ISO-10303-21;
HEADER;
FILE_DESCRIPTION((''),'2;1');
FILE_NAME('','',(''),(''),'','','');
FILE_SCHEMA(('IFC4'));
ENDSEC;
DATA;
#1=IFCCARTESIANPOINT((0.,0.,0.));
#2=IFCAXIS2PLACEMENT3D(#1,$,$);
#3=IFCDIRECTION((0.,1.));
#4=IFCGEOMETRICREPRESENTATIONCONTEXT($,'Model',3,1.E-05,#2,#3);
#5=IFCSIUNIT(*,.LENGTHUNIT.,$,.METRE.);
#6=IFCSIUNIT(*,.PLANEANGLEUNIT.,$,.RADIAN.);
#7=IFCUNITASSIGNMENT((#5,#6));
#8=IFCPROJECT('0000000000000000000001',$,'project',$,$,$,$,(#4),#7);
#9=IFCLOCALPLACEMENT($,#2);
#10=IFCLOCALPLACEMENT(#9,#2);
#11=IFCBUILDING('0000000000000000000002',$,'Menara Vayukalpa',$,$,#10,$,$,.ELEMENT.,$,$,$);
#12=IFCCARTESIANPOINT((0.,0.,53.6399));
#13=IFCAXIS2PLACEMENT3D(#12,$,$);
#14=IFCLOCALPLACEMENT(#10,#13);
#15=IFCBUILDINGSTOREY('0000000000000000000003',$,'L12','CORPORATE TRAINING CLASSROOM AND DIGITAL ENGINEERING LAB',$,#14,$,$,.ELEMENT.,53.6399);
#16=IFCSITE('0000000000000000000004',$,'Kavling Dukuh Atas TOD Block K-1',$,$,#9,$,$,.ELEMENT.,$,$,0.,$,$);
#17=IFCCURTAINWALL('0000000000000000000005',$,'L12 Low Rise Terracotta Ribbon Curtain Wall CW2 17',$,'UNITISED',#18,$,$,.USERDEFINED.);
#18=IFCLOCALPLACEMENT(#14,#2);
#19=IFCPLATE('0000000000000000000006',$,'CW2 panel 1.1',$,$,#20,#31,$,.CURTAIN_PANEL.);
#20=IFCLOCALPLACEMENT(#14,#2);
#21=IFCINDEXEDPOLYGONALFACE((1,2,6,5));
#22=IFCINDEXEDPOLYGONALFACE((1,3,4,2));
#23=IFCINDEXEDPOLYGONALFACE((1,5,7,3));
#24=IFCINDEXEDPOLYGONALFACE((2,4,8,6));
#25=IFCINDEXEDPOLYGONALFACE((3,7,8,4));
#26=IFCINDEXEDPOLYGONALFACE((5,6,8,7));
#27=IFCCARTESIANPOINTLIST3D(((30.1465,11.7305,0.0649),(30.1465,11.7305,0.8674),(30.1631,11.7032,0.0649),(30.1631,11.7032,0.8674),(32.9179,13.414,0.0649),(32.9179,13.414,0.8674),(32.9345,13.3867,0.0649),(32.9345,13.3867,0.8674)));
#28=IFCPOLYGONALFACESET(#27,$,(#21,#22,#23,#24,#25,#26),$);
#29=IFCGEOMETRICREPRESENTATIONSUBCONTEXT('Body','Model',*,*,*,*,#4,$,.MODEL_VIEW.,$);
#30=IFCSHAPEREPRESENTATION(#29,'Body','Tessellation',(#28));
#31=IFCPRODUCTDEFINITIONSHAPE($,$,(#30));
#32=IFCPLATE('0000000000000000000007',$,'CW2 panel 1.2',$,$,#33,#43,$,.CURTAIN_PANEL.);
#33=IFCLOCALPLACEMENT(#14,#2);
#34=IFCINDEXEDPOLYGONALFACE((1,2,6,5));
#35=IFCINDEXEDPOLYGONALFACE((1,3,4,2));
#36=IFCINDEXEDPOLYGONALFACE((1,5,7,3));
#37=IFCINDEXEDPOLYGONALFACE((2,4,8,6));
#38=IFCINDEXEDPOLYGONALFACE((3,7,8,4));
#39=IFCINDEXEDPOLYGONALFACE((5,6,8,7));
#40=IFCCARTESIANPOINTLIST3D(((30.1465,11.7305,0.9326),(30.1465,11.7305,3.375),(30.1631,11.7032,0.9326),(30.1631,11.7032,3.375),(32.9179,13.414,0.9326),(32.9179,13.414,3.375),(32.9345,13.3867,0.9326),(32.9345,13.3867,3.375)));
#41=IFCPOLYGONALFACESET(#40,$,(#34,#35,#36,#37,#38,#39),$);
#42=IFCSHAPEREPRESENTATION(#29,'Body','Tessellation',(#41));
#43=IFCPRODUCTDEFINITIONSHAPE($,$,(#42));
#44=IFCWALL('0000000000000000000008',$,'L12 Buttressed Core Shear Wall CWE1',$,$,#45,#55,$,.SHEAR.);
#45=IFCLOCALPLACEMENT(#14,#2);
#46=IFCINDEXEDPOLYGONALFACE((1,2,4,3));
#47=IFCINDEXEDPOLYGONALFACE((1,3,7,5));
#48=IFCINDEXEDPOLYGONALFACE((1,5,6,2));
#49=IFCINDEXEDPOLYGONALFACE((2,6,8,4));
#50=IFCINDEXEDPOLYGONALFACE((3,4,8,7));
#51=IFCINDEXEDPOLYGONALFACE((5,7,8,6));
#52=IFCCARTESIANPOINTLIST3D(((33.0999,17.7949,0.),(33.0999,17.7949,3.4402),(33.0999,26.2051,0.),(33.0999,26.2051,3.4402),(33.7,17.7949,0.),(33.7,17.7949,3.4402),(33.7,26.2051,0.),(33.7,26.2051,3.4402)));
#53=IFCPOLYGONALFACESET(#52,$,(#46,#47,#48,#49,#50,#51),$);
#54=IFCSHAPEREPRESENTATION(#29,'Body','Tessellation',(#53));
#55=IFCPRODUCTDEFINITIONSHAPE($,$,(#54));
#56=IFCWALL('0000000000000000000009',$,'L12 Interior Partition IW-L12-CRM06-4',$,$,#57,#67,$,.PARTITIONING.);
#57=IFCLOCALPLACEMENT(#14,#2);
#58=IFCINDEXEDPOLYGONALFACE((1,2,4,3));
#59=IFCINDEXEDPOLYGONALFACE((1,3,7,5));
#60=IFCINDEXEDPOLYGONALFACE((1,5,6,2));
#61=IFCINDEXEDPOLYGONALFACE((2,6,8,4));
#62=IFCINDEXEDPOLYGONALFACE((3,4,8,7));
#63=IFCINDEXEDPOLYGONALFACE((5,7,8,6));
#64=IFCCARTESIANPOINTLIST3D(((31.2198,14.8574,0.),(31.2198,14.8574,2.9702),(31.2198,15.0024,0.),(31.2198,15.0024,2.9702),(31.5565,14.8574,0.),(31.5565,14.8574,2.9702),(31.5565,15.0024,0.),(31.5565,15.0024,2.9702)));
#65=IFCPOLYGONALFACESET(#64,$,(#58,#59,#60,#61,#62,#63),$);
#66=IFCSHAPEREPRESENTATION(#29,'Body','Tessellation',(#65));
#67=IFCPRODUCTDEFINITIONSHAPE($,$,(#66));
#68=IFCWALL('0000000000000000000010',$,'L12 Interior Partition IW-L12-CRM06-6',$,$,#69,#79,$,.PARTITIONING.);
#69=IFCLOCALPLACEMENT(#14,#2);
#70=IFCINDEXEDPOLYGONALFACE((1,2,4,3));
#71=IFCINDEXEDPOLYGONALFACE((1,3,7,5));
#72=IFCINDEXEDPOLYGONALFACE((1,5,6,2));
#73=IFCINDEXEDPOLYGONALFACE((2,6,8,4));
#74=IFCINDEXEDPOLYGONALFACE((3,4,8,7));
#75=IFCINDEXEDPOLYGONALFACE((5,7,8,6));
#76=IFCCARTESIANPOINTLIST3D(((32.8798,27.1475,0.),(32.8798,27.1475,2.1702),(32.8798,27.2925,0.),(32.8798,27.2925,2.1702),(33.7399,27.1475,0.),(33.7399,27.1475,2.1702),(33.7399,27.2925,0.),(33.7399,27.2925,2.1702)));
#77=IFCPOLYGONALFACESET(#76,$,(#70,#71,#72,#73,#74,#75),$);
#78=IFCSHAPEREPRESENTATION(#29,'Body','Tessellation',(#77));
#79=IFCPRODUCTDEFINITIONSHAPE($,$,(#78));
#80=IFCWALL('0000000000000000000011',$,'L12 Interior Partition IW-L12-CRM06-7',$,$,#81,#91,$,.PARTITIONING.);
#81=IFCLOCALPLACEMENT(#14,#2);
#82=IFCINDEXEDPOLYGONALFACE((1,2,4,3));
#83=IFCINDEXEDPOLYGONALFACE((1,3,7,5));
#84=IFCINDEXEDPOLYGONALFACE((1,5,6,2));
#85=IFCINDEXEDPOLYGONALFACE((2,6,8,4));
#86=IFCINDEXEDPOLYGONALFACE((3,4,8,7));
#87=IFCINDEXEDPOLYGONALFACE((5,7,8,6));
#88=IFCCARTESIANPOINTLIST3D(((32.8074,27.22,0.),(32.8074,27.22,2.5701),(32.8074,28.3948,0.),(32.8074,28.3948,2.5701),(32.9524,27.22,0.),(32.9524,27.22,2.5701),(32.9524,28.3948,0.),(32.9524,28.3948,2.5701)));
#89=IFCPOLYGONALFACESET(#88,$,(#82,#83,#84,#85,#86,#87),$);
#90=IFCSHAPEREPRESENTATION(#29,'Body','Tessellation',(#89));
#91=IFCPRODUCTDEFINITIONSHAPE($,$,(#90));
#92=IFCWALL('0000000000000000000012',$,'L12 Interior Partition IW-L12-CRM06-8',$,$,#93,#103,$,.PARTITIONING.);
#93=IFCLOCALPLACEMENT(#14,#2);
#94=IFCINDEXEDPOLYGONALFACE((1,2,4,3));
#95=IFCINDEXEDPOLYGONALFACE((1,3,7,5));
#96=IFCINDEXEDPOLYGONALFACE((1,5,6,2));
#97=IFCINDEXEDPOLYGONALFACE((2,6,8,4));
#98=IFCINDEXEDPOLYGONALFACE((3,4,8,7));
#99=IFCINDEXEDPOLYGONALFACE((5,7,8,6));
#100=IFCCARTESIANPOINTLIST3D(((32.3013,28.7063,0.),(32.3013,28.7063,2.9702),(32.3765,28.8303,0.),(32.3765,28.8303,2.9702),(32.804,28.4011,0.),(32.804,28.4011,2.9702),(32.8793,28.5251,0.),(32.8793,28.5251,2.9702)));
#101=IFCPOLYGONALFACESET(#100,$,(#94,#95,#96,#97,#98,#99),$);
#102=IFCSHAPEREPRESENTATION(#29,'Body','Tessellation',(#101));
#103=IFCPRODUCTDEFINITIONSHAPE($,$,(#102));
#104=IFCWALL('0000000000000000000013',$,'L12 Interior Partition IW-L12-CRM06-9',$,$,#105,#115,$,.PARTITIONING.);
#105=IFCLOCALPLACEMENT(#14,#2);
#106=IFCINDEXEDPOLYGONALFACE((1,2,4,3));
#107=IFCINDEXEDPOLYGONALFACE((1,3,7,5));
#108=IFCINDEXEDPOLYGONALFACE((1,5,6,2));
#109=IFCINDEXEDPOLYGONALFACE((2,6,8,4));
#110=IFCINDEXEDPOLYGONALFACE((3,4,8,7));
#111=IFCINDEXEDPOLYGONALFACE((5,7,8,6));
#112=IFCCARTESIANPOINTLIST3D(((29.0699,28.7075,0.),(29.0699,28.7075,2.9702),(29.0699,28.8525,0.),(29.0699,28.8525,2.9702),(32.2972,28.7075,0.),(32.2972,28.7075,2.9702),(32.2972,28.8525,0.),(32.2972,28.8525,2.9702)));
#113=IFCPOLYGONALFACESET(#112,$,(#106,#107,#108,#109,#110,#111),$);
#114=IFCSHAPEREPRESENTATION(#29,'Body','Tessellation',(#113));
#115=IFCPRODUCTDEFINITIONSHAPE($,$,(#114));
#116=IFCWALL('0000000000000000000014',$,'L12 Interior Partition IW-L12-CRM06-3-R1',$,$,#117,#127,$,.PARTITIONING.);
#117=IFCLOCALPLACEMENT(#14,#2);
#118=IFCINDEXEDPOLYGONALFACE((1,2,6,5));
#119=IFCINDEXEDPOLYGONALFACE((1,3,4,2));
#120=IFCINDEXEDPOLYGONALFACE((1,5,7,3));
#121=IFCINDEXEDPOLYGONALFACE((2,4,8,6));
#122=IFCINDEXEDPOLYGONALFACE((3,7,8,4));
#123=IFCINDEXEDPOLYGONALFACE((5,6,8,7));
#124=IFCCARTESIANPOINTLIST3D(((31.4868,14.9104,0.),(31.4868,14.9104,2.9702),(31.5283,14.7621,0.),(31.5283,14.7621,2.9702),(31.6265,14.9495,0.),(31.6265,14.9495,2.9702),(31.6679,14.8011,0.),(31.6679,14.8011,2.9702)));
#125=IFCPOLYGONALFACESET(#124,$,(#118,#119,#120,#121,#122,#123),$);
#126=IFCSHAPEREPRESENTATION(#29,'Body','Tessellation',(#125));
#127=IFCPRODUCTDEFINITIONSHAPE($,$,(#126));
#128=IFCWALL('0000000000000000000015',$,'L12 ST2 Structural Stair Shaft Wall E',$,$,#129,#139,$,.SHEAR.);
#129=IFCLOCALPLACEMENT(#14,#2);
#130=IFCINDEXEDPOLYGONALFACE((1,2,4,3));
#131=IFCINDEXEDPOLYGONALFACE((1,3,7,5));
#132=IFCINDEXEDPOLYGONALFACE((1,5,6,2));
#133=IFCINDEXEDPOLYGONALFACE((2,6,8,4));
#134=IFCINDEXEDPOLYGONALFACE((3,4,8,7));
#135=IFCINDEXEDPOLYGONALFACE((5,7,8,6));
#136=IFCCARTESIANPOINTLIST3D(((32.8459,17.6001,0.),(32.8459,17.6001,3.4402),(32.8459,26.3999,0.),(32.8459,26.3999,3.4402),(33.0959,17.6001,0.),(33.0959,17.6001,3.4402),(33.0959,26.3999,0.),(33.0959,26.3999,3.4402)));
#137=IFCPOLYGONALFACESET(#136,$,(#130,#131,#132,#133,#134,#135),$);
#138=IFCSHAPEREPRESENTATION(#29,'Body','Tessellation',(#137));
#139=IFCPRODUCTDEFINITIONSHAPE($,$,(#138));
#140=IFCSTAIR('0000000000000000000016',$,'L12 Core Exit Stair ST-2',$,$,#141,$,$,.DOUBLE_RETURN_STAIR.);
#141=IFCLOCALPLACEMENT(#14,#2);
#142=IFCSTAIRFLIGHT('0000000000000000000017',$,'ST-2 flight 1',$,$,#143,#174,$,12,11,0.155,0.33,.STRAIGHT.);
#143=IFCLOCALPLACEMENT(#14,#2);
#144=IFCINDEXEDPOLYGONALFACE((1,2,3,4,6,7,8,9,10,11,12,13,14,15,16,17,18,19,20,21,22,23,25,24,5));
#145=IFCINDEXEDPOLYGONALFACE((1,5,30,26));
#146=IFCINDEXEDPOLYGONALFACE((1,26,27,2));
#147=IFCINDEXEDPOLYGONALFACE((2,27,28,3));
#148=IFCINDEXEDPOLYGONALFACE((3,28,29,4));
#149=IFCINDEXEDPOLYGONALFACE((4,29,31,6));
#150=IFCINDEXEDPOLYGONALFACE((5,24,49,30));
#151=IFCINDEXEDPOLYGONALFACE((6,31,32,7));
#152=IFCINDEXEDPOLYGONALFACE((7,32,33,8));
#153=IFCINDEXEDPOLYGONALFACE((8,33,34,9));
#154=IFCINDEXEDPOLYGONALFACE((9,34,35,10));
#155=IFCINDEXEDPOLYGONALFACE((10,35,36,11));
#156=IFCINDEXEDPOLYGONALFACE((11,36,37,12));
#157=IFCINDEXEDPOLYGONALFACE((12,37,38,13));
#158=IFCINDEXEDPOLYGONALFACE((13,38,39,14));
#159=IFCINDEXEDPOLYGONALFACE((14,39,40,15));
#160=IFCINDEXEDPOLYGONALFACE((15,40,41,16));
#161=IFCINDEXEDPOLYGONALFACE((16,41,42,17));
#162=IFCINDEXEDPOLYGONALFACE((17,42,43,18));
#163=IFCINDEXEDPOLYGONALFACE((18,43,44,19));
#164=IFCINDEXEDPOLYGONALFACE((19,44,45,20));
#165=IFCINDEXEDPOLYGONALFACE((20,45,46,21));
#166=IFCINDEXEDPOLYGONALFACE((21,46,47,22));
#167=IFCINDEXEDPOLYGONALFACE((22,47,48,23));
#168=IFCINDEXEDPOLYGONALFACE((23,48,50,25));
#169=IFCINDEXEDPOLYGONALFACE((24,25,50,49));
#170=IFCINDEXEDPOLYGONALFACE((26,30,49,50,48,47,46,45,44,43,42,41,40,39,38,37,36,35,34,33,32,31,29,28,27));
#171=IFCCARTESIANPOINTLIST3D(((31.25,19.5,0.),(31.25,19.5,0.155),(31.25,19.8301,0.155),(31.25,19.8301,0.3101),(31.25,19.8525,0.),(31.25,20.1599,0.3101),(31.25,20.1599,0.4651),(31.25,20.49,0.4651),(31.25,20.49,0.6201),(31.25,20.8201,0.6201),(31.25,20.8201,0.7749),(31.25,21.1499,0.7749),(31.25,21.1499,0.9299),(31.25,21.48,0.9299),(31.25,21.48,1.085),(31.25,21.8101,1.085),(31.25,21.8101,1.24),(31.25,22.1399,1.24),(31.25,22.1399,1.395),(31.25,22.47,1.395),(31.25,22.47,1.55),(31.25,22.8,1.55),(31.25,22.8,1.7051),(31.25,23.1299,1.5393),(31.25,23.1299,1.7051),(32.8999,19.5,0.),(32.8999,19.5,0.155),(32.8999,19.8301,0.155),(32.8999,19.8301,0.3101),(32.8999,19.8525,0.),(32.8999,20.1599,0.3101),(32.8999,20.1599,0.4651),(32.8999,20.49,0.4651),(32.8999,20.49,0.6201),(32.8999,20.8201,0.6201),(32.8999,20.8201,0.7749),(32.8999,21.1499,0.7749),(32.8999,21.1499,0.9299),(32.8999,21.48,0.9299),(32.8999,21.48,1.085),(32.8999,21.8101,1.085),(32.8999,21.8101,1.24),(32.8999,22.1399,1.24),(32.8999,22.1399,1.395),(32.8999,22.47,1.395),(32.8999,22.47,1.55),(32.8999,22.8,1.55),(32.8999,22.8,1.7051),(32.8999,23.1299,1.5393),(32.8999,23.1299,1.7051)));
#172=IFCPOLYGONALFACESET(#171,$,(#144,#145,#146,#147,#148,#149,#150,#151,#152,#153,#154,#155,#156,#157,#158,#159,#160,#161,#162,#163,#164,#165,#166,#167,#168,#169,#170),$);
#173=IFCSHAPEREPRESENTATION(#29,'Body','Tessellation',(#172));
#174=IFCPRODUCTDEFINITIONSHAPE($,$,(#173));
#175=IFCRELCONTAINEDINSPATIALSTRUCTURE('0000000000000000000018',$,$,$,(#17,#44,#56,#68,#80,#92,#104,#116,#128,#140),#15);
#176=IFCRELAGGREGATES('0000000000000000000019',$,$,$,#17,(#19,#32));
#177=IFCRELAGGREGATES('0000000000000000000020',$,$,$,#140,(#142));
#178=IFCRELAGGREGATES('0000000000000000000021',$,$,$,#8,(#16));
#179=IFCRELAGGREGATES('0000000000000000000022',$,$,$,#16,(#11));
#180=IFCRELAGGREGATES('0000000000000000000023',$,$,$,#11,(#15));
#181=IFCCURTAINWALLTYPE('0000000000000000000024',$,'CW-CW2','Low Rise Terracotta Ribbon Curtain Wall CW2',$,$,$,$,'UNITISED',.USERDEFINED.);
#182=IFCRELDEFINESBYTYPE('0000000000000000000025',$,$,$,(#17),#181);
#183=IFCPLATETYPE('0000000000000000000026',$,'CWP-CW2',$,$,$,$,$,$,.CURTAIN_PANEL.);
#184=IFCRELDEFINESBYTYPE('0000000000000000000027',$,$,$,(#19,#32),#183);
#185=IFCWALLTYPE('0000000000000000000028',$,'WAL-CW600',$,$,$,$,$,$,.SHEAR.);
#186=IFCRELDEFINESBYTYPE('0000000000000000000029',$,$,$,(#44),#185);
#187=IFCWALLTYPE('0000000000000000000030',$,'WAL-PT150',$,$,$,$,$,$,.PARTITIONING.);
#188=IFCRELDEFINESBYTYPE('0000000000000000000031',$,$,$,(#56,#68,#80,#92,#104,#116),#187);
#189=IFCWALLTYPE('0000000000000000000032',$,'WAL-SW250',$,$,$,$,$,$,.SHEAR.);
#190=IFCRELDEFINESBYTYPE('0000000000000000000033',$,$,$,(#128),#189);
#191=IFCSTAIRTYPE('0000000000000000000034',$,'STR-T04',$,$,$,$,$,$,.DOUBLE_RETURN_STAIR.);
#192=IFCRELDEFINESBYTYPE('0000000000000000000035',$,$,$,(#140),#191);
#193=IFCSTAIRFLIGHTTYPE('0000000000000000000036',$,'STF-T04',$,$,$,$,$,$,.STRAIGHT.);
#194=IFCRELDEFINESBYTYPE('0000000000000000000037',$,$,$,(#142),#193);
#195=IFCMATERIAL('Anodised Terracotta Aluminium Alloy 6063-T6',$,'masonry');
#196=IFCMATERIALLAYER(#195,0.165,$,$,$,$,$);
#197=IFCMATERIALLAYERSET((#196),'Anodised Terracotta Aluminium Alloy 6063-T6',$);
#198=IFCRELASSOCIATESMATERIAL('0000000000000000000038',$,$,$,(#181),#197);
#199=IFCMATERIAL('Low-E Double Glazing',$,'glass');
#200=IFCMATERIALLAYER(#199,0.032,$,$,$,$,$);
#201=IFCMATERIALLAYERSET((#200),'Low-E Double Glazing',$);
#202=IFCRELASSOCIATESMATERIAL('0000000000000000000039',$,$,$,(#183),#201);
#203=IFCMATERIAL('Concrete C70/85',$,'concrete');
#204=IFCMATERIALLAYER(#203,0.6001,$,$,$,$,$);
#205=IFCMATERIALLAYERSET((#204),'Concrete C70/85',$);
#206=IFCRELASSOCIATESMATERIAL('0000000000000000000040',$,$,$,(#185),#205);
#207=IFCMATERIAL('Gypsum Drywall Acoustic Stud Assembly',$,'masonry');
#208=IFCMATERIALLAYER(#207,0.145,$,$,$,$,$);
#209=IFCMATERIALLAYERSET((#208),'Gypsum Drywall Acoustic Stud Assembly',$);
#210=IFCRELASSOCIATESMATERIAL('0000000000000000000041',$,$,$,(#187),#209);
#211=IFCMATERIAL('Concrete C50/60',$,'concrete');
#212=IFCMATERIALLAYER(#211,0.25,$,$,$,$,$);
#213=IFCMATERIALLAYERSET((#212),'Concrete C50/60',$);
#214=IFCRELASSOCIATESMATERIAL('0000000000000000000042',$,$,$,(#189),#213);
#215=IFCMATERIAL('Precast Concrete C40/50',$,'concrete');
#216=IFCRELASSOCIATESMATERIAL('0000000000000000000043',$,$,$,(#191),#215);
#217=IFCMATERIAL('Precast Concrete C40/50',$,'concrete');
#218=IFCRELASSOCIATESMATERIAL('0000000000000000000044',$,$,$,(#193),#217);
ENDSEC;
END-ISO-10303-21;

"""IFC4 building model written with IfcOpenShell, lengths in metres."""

from ifc_helpers import new_model, si_unit, direction, frame, frame_2d, origin, origin_2d, place, context, subcontext, project, spatial, polyline, rectangle, outline, extrude, material, layer, layer_set, type_object, element, aggregate, save


model = new_model("IFC4")

# Units and contexts
model_context = context("Model", 3, precision=1e-05, world=origin(), true_north=direction((0.0, 1.0)))
body_context = subcontext(model_context, "Body", "Model", "MODEL_VIEW")
ifc_project = project(units=[si_unit("LENGTHUNIT", "METRE"), si_unit("PLANEANGLEUNIT", "RADIAN")], contexts=[model_context])

# Site, building, storey
site_placement = place(None, origin())
site = spatial("IfcSite", under=ifc_project, at=site_placement, Name="Kavling Dukuh Atas TOD Block K-1", CompositionType="ELEMENT", RefElevation=0.0)
building_placement = place(site_placement, origin())
building = spatial("IfcBuilding", under=site, at=building_placement, Name="Menara Vayukalpa", CompositionType="ELEMENT")
storey_placement = place(building_placement, frame((0.0, 0.0, 53.6399)))
storey = spatial("IfcBuildingStorey", under=building, at=storey_placement, Name="L12", Description="CORPORATE TRAINING CLASSROOM AND DIGITAL ENGINEERING LAB", CompositionType="ELEMENT", Elevation=53.6399)

# Curtain wall
ifc_material_1 = material(Name="Anodised Terracotta Aluminium Alloy 6063-T6", Category="masonry")
ifc_layer_1 = layer(ifc_material_1, 0.165)
ifc_layer_set_1 = layer_set([ifc_layer_1], Name="Anodised Terracotta Aluminium Alloy 6063-T6")
curtain_wall_type = type_object("IfcCurtainWallType", Name="CW-CW2", Description="Low Rise Terracotta Ribbon Curtain Wall CW2", ElementType="UNITISED", PredefinedType="USERDEFINED", material=ifc_layer_set_1)
curtain_wall_1_placement = place(storey_placement, origin())
curtain_wall_1 = element("IfcCurtainWall", 1, at=curtain_wall_1_placement, inside=storey, type_object=curtain_wall_type, Name="L12 Low Rise Terracotta Ribbon Curtain Wall CW2 17", ObjectType="UNITISED", PredefinedType="USERDEFINED")

# Plates
ifc_material_2 = material(Name="Low-E Double Glazing", Category="glass")
ifc_layer_2 = layer(ifc_material_2, 0.032)
ifc_layer_set_2 = layer_set([ifc_layer_2], Name="Low-E Double Glazing")
plate_type = type_object("IfcPlateType", Name="CWP-CW2", PredefinedType="CURTAIN_PANEL", material=ifc_layer_set_2)
plate_1_placement = place(storey_placement, frame((31.5405, 12.5586, 0.0649), z_axis=(0.0, 0.0, 1.0), x_axis=(0.854664, 0.519182, 0.0)))
plate_1 = element("IfcPlate", 2, at=plate_1_placement, type_object=plate_type, Name="CW2 panel 1.1", PredefinedType="CURTAIN_PANEL", context=body_context, shape_type="SweptSolid", body=[
    extrude(rectangle(XDim=3.2427, YDim=0.032, at=origin_2d()), origin(), (0.0, 0.0, 1.0), 0.8025),
])
plate_2_placement = place(storey_placement, frame((31.5405, 12.5586, 0.9326), z_axis=(0.0, 0.0, 1.0), x_axis=(0.854664, 0.519182, 0.0)))
plate_2 = element("IfcPlate", 3, at=plate_2_placement, type_object=plate_type, Name="CW2 panel 1.2", PredefinedType="CURTAIN_PANEL", context=body_context, shape_type="SweptSolid", body=[
    extrude(rectangle(XDim=3.2427, YDim=0.032, at=origin_2d()), origin(), (0.0, 0.0, 1.0), 2.4424),
])
aggregate(curtain_wall_1, [plate_1, plate_2])

# Walls
ifc_material_3 = material(Name="Concrete C70/85", Category="concrete")
ifc_layer_3 = layer(ifc_material_3, 0.6001)
ifc_layer_set_3 = layer_set([ifc_layer_3], Name="Concrete C70/85")
wall_type_1 = type_object("IfcWallType", Name="WAL-CW600", PredefinedType="SHEAR", material=ifc_layer_set_3)
wall_1_placement = place(storey_placement, frame((33.3999, 17.7949, 0.0), z_axis=(0.0, 0.0, 1.0), x_axis=(0.0, 1.0, 0.0)))
element("IfcWall", 4, at=wall_1_placement, inside=storey, type_object=wall_type_1, Name="L12 Buttressed Core Shear Wall CWE1", PredefinedType="SHEAR", context=body_context, shape_type="SweptSolid", body=[
    extrude(rectangle(XDim=8.4102, YDim=0.6001, at=frame_2d((4.2051, 0.0))), origin(), (0.0, 0.0, 1.0), 3.4402),
])
ifc_material_4 = material(Name="Gypsum Drywall Acoustic Stud Assembly", Category="masonry")
ifc_layer_4 = layer(ifc_material_4, 0.145)
ifc_layer_set_4 = layer_set([ifc_layer_4], Name="Gypsum Drywall Acoustic Stud Assembly")
wall_type_2 = type_object("IfcWallType", Name="WAL-PT150", PredefinedType="PARTITIONING", material=ifc_layer_set_4)
wall_2_placement = place(storey_placement, frame((31.5566, 14.9299, 0.0), z_axis=(0.0, 0.0, 1.0), x_axis=(-1.0, 0.0, 0.0)))
element("IfcWall", 5, at=wall_2_placement, inside=storey, type_object=wall_type_2, Name="L12 Interior Partition IW-L12-CRM06-4", PredefinedType="PARTITIONING", context=body_context, shape_type="SweptSolid", body=[
    extrude(rectangle(XDim=0.3367, YDim=0.145, at=frame_2d((0.1685, 0.0))), origin(), (0.0, 0.0, 1.0), 2.9702),
])
wall_3_placement = place(storey_placement, frame((33.74, 27.22, 0.0), z_axis=(0.0, 0.0, 1.0), x_axis=(-1.0, 0.0, 0.0)))
element("IfcWall", 6, at=wall_3_placement, inside=storey, type_object=wall_type_2, Name="L12 Interior Partition IW-L12-CRM06-6", PredefinedType="PARTITIONING", context=body_context, shape_type="SweptSolid", body=[
    extrude(rectangle(XDim=0.8601, YDim=0.145, at=frame_2d((0.4302, 0.0))), origin(), (0.0, 0.0, 1.0), 2.1702),
])
wall_4_placement = place(storey_placement, frame((32.8799, 27.22, 0.0), z_axis=(0.0, 0.0, 1.0), x_axis=(0.0, 1.0, 0.0)))
element("IfcWall", 7, at=wall_4_placement, inside=storey, type_object=wall_type_2, Name="L12 Interior Partition IW-L12-CRM06-7", PredefinedType="PARTITIONING", context=body_context, shape_type="SweptSolid", body=[
    extrude(rectangle(XDim=1.1748, YDim=0.145, at=frame_2d((0.5874, 0.0))), origin(), (0.0, 0.0, 1.0), 2.5701),
])
wall_5_placement = place(storey_placement, frame((32.8416, 28.4631, 0.0), z_axis=(0.0, 0.0, 1.0), x_axis=(-0.854807, 0.518946, 0.0)))
element("IfcWall", 8, at=wall_5_placement, inside=storey, type_object=wall_type_2, Name="L12 Interior Partition IW-L12-CRM06-8", PredefinedType="PARTITIONING", context=body_context, shape_type="SweptSolid", body=[
    extrude(rectangle(XDim=0.5881, YDim=0.145, at=frame_2d((0.2939, 0.0))), origin(), (0.0, 0.0, 1.0), 2.9702),
])
wall_6_placement = place(storey_placement, frame((32.2974, 28.78, 0.0), z_axis=(0.0, 0.0, 1.0), x_axis=(-1.0, 0.0, 0.0)))
element("IfcWall", 9, at=wall_6_placement, inside=storey, type_object=wall_type_2, Name="L12 Interior Partition IW-L12-CRM06-9", PredefinedType="PARTITIONING", context=body_context, shape_type="SweptSolid", body=[
    extrude(rectangle(XDim=3.2273, YDim=0.145, at=frame_2d((1.6138, 0.0))), origin(), (0.0, 0.0, 1.0), 2.9702),
])
wall_7_placement = place(storey_placement, frame((31.5981, 14.7815, 0.0), z_axis=(0.0, 0.0, 1.0), x_axis=(-0.269277, 0.963063, 0.0)))
element("IfcWall", 10, at=wall_7_placement, inside=storey, type_object=wall_type_2, Name="L12 Interior Partition IW-L12-CRM06-3-R1", PredefinedType="PARTITIONING", context=body_context, shape_type="SweptSolid", body=[
    extrude(rectangle(XDim=0.1541, YDim=0.145, at=frame_2d((0.0771, 0.0))), origin(), (0.0, 0.0, 1.0), 2.9702),
])
ifc_material_5 = material(Name="Concrete C50/60", Category="concrete")
ifc_layer_5 = layer(ifc_material_5, 0.25)
ifc_layer_set_5 = layer_set([ifc_layer_5], Name="Concrete C50/60")
wall_type_3 = type_object("IfcWallType", Name="WAL-SW250", PredefinedType="SHEAR", material=ifc_layer_set_5)
wall_8_placement = place(storey_placement, frame((32.9709, 17.6001, 0.0), z_axis=(0.0, 0.0, 1.0), x_axis=(0.0, 1.0, 0.0)))
element("IfcWall", 11, at=wall_8_placement, inside=storey, type_object=wall_type_3, Name="L12 ST2 Structural Stair Shaft Wall E", PredefinedType="SHEAR", context=body_context, shape_type="SweptSolid", body=[
    extrude(rectangle(XDim=8.7998, YDim=0.25, at=frame_2d((4.3999, 0.0))), origin(), (0.0, 0.0, 1.0), 3.4402),
])

# Stair, stair flight
ifc_material_6 = material(Name="Precast Concrete C40/50", Category="concrete")
stair_type = type_object("IfcStairType", Name="STR-T04", PredefinedType="DOUBLE_RETURN_STAIR", material=ifc_material_6)
stair_placement = place(storey_placement, origin())
stair = element("IfcStair", 12, at=stair_placement, inside=storey, type_object=stair_type, Name="L12 Core Exit Stair ST-2", PredefinedType="DOUBLE_RETURN_STAIR")
ifc_material_7 = material(Name="Precast Concrete C40/50", Category="concrete")
stair_flight_type = type_object("IfcStairFlightType", Name="STF-T04", PredefinedType="STRAIGHT", material=ifc_material_7)
stair_flight_placement = place(storey_placement, frame((32.075, 19.5, 0.0), z_axis=(0.0, 0.0, 1.0), x_axis=(0.0, 1.0, 0.0)))
stair_flight = element("IfcStairFlight", 13, at=stair_flight_placement, type_object=stair_flight_type, Name="ST-2 flight 1", NumberOfRisers=12, NumberOfTreads=11, PredefinedType="STRAIGHT", RiserHeight=0.155, TreadLength=0.33, context=body_context, shape_type="SweptSolid", body=[
    extrude(outline(polyline([(0.0, 0.0), (0.0, 0.155), (0.3301, 0.155), (0.3301, 0.3101), (0.6599, 0.3101), (0.6599, 0.4651), (0.99, 0.4651), (0.99, 0.6201), (1.3201, 0.6201), (1.3201, 0.7749), (1.6499, 0.7749), (1.6499, 0.9299), (1.98, 0.9299), (1.98, 1.085), (2.3101, 1.085), (2.3101, 1.24), (2.6399, 1.24), (2.6399, 1.395), (2.97, 1.395), (2.97, 1.55), (3.3, 1.55), (3.3, 1.7051), (3.6299, 1.7051), (3.6299, 1.8601), (3.6299, 1.5393), (0.3525, 0.0), (0.0, 0.0)])), frame((0.0, 0.825, 0.0), z_axis=(0.0, -1.0, 0.0), x_axis=(1.0, 0.0, 0.0)), (0.0, 0.0, 1.0), 1.6499),
])
aggregate(stair, [stair_flight])

save(model, "model.ifc")
